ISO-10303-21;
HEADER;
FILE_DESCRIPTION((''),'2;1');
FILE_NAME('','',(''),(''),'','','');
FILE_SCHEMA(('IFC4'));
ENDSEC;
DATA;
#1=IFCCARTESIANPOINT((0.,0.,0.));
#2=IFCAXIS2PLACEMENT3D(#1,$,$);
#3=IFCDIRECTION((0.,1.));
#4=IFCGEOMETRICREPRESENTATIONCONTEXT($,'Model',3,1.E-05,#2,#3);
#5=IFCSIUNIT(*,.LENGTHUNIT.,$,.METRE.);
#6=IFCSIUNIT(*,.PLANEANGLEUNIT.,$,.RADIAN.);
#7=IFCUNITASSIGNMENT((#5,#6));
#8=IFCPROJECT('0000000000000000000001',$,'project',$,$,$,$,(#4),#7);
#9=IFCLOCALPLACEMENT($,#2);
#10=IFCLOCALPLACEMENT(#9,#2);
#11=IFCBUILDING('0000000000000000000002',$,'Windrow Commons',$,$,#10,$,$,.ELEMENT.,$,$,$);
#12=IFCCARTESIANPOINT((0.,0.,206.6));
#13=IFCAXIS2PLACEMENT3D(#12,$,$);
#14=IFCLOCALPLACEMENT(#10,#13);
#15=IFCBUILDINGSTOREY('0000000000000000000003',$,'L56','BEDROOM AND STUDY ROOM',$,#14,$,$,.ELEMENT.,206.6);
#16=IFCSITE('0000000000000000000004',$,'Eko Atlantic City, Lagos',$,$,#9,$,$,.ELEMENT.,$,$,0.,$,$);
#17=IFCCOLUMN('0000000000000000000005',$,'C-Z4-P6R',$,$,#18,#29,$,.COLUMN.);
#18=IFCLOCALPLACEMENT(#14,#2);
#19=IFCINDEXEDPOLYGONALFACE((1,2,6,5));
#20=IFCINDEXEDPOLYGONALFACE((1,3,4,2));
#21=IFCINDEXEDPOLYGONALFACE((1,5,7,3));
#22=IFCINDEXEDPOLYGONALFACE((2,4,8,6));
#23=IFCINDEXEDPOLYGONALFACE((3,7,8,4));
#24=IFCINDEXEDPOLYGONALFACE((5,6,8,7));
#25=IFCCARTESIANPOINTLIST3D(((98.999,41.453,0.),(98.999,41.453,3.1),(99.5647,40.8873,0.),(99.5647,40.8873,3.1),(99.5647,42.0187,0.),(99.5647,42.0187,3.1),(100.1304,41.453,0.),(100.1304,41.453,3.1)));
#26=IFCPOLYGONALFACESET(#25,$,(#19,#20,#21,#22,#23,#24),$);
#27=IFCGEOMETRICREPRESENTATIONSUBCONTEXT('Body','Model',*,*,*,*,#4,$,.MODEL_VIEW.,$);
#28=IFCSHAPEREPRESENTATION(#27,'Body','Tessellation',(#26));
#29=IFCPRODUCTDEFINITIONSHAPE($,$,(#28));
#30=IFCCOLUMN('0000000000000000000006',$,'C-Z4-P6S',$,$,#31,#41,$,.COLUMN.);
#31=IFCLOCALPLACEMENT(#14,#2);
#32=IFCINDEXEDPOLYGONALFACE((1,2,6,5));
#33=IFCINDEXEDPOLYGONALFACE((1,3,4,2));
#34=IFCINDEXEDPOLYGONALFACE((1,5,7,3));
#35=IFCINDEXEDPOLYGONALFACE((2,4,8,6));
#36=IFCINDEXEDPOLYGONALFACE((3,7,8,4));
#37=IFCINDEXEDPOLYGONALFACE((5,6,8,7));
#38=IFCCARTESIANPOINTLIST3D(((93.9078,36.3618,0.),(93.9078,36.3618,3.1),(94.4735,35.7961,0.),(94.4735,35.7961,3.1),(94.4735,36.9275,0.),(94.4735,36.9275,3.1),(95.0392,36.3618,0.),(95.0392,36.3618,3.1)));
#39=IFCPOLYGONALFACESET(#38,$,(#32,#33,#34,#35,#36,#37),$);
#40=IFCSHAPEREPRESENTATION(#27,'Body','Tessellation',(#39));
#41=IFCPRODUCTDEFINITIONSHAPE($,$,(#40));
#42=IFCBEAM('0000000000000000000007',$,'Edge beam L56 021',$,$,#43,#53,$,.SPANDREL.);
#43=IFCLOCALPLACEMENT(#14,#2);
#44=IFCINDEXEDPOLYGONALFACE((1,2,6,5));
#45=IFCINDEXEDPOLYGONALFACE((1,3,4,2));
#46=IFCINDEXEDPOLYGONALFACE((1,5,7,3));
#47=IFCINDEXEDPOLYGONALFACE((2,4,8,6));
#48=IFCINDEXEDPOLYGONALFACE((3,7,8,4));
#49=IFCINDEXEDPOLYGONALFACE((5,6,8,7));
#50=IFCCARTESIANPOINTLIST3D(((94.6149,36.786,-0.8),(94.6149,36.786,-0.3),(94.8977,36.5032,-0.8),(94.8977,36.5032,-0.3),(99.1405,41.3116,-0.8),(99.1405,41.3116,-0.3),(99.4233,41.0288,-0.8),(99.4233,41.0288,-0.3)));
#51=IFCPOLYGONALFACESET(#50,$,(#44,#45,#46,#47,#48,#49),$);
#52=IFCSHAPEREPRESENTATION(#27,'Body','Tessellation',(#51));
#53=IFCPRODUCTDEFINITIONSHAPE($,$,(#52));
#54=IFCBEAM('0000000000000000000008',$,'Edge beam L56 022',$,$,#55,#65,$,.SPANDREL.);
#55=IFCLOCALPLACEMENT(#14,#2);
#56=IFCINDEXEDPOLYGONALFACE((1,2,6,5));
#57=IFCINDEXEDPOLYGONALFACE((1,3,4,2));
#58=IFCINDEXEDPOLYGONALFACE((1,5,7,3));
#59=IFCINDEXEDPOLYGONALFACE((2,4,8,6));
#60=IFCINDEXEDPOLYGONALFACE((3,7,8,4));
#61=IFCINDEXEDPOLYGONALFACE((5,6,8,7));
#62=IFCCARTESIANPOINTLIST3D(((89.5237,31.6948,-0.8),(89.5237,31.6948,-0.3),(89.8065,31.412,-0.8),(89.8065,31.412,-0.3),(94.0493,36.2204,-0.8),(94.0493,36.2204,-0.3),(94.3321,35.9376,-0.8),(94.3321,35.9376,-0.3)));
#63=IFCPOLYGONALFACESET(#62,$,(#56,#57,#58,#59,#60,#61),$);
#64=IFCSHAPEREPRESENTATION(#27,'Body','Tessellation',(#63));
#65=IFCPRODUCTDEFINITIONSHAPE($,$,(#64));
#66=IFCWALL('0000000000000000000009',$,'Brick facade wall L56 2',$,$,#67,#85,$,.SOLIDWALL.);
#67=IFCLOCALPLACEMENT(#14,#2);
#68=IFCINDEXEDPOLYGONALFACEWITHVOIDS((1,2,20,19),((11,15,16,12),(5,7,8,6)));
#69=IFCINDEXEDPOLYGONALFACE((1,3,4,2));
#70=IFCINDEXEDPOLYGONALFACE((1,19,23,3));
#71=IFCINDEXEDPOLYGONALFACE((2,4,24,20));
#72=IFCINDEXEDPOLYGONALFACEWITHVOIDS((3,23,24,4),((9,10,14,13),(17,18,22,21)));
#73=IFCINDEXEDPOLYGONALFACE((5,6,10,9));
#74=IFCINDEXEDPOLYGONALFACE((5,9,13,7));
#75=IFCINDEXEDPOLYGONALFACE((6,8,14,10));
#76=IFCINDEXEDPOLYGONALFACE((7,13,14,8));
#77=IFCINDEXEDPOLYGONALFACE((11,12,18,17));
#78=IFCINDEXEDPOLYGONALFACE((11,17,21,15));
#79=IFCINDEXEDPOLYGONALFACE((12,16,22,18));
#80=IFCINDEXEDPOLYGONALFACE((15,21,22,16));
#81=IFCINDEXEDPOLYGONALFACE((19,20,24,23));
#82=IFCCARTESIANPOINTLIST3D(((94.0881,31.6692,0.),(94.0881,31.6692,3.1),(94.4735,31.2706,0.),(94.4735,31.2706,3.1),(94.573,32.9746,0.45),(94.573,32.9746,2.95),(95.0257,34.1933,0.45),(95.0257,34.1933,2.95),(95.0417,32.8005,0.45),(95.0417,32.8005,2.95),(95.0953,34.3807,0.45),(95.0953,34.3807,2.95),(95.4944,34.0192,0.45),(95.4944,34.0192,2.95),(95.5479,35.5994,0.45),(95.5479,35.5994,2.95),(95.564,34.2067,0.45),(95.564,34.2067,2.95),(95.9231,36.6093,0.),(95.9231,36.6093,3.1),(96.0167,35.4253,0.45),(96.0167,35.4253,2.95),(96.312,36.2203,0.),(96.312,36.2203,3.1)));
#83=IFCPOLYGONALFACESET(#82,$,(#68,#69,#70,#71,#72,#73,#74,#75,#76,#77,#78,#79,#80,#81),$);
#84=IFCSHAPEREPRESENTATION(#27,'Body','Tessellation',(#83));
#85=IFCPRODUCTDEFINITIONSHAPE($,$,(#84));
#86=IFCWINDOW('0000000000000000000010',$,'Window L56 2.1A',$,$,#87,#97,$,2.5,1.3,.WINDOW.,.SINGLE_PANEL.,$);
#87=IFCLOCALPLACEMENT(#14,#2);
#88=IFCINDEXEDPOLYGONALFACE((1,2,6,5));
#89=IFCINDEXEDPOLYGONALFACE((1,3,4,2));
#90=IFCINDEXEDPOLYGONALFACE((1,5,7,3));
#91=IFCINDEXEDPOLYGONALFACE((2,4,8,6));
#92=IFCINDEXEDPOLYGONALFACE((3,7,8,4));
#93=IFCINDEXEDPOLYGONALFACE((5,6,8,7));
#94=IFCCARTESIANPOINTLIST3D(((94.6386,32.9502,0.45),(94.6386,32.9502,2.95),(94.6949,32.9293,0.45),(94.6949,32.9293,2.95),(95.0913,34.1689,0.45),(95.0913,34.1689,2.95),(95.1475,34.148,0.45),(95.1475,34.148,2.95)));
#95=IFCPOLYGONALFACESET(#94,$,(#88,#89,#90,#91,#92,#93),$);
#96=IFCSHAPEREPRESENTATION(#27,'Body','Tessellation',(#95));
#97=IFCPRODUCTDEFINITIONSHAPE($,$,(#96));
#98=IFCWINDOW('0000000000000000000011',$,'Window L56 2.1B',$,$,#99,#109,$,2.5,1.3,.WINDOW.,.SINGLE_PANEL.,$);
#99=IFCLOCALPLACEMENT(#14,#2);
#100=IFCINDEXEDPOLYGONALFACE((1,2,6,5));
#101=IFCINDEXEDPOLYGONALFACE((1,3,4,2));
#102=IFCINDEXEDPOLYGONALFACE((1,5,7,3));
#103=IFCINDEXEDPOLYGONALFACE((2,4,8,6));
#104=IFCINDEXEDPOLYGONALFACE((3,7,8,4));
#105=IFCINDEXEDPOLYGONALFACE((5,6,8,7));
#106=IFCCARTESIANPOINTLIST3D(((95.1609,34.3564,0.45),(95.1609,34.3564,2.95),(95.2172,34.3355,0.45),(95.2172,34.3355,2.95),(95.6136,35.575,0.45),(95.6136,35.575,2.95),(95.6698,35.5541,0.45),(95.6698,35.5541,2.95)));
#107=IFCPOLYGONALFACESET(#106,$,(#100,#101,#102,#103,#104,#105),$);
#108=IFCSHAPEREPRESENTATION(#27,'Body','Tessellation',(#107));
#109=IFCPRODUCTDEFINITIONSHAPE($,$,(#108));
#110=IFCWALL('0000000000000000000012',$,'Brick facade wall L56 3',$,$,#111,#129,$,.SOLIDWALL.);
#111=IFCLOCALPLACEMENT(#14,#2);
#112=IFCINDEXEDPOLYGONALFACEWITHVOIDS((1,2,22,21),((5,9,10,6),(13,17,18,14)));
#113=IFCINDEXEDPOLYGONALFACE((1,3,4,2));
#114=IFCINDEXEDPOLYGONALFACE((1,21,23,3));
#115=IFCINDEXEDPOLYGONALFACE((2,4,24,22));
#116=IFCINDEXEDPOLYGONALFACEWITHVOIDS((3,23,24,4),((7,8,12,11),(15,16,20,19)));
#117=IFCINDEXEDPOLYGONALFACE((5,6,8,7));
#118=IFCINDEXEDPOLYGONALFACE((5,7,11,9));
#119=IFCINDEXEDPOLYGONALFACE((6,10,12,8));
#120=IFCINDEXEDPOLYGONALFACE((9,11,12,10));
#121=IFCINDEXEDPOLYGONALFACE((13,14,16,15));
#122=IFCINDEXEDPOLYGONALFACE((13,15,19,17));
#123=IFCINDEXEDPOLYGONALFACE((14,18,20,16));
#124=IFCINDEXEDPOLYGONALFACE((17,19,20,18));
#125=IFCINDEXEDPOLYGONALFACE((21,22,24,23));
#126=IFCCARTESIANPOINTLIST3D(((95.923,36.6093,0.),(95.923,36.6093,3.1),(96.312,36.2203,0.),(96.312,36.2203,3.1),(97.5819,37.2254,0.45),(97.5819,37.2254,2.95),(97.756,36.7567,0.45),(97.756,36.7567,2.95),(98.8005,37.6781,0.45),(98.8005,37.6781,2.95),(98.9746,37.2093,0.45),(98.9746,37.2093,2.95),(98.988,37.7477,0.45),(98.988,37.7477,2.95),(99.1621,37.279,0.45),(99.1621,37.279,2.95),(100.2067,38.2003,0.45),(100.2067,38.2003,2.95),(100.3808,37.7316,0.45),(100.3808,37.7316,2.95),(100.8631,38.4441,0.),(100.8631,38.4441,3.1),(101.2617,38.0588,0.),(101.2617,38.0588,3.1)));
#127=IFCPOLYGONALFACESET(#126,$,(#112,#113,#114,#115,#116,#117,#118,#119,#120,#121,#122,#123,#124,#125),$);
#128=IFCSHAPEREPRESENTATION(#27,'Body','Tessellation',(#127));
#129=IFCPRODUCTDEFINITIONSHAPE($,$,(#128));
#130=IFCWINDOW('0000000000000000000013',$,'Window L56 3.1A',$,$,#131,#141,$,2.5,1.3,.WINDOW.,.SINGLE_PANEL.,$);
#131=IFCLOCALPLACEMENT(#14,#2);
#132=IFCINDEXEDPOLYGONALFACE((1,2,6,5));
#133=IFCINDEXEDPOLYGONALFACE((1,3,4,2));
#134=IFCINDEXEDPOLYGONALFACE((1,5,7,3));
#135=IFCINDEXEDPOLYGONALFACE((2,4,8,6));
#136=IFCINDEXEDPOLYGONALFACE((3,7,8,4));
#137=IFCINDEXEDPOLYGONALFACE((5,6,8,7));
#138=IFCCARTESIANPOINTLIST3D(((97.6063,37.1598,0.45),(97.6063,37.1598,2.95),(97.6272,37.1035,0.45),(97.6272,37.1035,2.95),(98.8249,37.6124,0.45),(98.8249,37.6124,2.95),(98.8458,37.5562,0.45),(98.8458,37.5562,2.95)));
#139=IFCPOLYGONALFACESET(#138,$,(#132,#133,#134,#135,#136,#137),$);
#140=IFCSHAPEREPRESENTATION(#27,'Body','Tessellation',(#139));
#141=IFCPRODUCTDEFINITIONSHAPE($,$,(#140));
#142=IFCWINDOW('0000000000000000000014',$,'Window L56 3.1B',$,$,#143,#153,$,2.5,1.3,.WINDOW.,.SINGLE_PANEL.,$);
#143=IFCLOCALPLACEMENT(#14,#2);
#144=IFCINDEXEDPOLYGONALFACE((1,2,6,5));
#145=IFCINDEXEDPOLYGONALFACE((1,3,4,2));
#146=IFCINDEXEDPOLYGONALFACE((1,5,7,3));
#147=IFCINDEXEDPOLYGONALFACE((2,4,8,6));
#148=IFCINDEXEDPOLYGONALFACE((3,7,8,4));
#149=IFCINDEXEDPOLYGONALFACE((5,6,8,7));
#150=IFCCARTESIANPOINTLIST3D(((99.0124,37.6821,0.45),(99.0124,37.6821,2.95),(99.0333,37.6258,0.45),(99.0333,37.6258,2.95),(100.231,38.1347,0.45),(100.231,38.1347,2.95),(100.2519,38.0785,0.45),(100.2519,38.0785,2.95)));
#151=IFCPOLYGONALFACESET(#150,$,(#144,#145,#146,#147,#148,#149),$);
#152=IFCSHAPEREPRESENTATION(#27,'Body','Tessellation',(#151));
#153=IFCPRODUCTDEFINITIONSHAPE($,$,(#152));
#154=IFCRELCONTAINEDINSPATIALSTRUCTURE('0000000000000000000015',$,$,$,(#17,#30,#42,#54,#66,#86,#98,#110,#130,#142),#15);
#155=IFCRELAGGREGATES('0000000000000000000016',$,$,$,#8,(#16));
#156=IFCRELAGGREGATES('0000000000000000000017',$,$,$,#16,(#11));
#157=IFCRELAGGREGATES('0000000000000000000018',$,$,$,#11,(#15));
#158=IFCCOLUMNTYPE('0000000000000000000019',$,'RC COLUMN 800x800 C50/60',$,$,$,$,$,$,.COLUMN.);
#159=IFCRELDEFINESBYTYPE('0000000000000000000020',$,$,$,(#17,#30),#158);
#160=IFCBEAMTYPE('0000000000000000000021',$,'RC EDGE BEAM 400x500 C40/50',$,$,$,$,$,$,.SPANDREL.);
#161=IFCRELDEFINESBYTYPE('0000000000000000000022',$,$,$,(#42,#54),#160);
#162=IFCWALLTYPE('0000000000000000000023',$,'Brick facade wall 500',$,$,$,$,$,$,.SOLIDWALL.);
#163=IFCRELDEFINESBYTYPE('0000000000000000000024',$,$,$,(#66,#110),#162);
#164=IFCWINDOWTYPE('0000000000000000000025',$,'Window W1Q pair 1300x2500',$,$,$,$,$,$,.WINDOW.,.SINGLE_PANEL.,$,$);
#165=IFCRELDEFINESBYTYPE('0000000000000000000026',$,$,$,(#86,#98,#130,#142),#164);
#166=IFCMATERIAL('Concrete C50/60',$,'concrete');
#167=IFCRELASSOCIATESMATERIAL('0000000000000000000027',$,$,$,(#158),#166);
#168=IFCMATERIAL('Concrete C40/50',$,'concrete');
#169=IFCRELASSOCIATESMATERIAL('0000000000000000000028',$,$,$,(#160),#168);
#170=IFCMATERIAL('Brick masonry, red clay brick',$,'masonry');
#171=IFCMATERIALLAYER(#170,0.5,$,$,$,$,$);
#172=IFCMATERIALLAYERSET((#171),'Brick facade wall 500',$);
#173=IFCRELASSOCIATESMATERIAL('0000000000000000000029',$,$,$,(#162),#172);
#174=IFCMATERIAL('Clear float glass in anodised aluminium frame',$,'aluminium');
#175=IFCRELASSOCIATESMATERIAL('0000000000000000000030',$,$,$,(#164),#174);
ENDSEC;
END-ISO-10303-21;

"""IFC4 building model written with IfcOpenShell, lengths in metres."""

from ifc_helpers import new_model, si_unit, direction, frame, frame_2d, origin, origin_2d, place, context, subcontext, project, spatial, polyline, rectangle, outline, extrude, material, layer, layer_set, material_profile, profile_set, type_object, element, fill, save


model = new_model("IFC4")

# Units and contexts
model_context = context("Model", 3, precision=1e-05, world=origin(), true_north=direction((0.0, 1.0)))
body_context = subcontext(model_context, "Body", "Model", "MODEL_VIEW")
ifc_project = project(units=[si_unit("LENGTHUNIT", "METRE"), si_unit("PLANEANGLEUNIT", "RADIAN")], contexts=[model_context])

# Site, building, storey
site_placement = place(None, origin())
site = spatial("IfcSite", under=ifc_project, at=site_placement, Name="Eko Atlantic City, Lagos", CompositionType="ELEMENT", RefElevation=0.0)
building_placement = place(site_placement, origin())
building = spatial("IfcBuilding", under=site, at=building_placement, Name="Windrow Commons", CompositionType="ELEMENT")
storey_placement = place(building_placement, frame((0.0, 0.0, 206.6)))
storey = spatial("IfcBuildingStorey", under=building, at=storey_placement, Name="L56", Description="BEDROOM AND STUDY ROOM", CompositionType="ELEMENT", Elevation=206.6)

# Columns
ifc_material_1 = material(Name="Concrete C50/60", Category="concrete")
ifc_material_profile_1 = material_profile(ifc_material_1, rectangle(XDim=0.8, YDim=0.8, at=origin_2d()))
ifc_profile_set_1 = profile_set([ifc_material_profile_1], Name="Concrete C50/60")
column_type = type_object("IfcColumnType", Name="RC COLUMN 800x800 C50/60", PredefinedType="COLUMN", material=ifc_profile_set_1)
for number, where, z_axis, x_axis, name in (
    (1, (99.5647, 41.453, 0.0), (0.0, 0.0, 1.0), (0.707107, -0.707107, 0.0), "C-Z4-P6R"),
    (2, (94.4735, 36.3618, 0.0), (0.0, 0.0, 1.0), (0.707107, -0.707107, 0.0), "C-Z4-P6S"),
):
    element("IfcColumn", number, at=place(storey_placement, frame(where, z_axis=z_axis, x_axis=x_axis)), inside=storey, type_object=column_type, Name=name, PredefinedType="COLUMN", context=body_context, shape_type="SweptSolid", body=[
        extrude(rectangle(XDim=0.8, YDim=0.8, at=origin_2d()), origin(), (0.0, 0.0, 1.0), 3.1),
    ])

# Beams
ifc_material_2 = material(Name="Concrete C40/50", Category="concrete")
ifc_material_profile_2 = material_profile(ifc_material_2, rectangle(XDim=0.4, YDim=0.5, at=origin_2d()))
ifc_profile_set_2 = profile_set([ifc_material_profile_2], Name="Concrete C40/50")
beam_type = type_object("IfcBeamType", Name="RC EDGE BEAM 400x500 C40/50", PredefinedType="SPANDREL", material=ifc_profile_set_2)
for number, where, z_axis, x_axis, name in (
    (3, (99.2819, 41.1702, -0.55), (-0.707107, -0.707107, 0.0), (0.707107, -0.707107, 0.0), "Edge beam L56 021"),
    (4, (94.1907, 36.079, -0.55), (-0.707107, -0.707107, 0.0), (0.707107, -0.707107, 0.0), "Edge beam L56 022"),
):
    element("IfcBeam", number, at=place(storey_placement, frame(where, z_axis=z_axis, x_axis=x_axis)), inside=storey, type_object=beam_type, Name=name, PredefinedType="SPANDREL", context=body_context, shape_type="SweptSolid", body=[
        extrude(rectangle(XDim=0.4, YDim=0.5, at=origin_2d()), origin(), (0.0, 0.0, 1.0), 6.4002),
    ])

# Walls, openings, windows
ifc_material_3 = material(Name="Brick masonry, red clay brick", Category="masonry")
ifc_layer_1 = layer(ifc_material_3, 0.5)
ifc_layer_set_1 = layer_set([ifc_layer_1], Name="Brick facade wall 500")
wall_type_1 = type_object("IfcWallType", Name="Brick facade wall 500", PredefinedType="SOLIDWALL", material=ifc_layer_set_1)
wall_1_placement = place(storey_placement, frame((94.2808, 31.4699, 0.0), z_axis=(0.0, 0.0, 1.0), x_axis=(0.34819, 0.937424, 0.0)))
wall_1 = element("IfcWall", 5, at=wall_1_placement, inside=storey, type_object=wall_type_1, Name="Brick facade wall L56 2", PredefinedType="SOLIDWALL", context=body_context, shape_type="SweptSolid", body=[
    extrude(outline(polyline([(-0.1197, -0.25), (5.1604, -0.25), (5.3896, 0.25), (0.1197, 0.25), (-0.1197, -0.25)])), origin(), (0.0, 0.0, 1.0), 3.1),
])
opening_1_placement = place(wall_1_placement, frame((1.5123, 0.0, 0.45)))
opening_1 = element("IfcOpeningElement", 6, at=opening_1_placement, cuts=wall_1, PredefinedType="OPENING", context=body_context, shape_type="SweptSolid", body=[
    extrude(rectangle(XDim=1.3, YDim=2.5, at=frame_2d((0.65, 1.25))), frame((0.0, 0.26, 0.0), z_axis=(0.0, -1.0, 0.0), x_axis=(1.0, 0.0, 0.0)), (0.0, 0.0, 1.0), 0.52),
])
opening_2_placement = place(wall_1_placement, frame((3.0123, 0.0, 0.45)))
opening_2 = element("IfcOpeningElement", 7, at=opening_2_placement, cuts=wall_1, PredefinedType="OPENING", context=body_context, shape_type="SweptSolid", body=[
    extrude(rectangle(XDim=1.3, YDim=2.5, at=frame_2d((0.65, 1.25))), frame((0.0, 0.26, 0.0), z_axis=(0.0, -1.0, 0.0), x_axis=(1.0, 0.0, 0.0)), (0.0, 0.0, 1.0), 0.52),
])
ifc_material_4 = material(Name="Clear float glass in anodised aluminium frame", Category="aluminium")
window_type = type_object("IfcWindowType", Name="Window W1Q pair 1300x2500", PartitioningType="SINGLE_PANEL", PredefinedType="WINDOW", material=ifc_material_4)
window_1_placement = place(opening_1_placement, origin())
window_1 = element("IfcWindow", 8, at=window_1_placement, inside=storey, type_object=window_type, Name="Window L56 2.1A", OverallHeight=2.5, OverallWidth=1.3, PartitioningType="SINGLE_PANEL", PredefinedType="WINDOW", context=body_context, shape_type="SweptSolid", body=[
    extrude(rectangle(XDim=1.3, YDim=2.5, at=frame_2d((0.65, 1.25))), frame((0.0, 0.18, 0.0), z_axis=(0.0, -1.0, 0.0), x_axis=(1.0, 0.0, 0.0)), (0.0, 0.0, 1.0), 0.06),
])
fill(opening_1, window_1)
window_2_placement = place(opening_2_placement, origin())
window_2 = element("IfcWindow", 9, at=window_2_placement, inside=storey, type_object=window_type, Name="Window L56 2.1B", OverallHeight=2.5, OverallWidth=1.3, PartitioningType="SINGLE_PANEL", PredefinedType="WINDOW", context=body_context, shape_type="SweptSolid", body=[
    extrude(rectangle(XDim=1.3, YDim=2.5, at=frame_2d((0.65, 1.25))), frame((0.0, 0.18, 0.0), z_axis=(0.0, -1.0, 0.0), x_axis=(1.0, 0.0, 0.0)), (0.0, 0.0, 1.0), 0.06),
])
fill(opening_2, window_2)
wall_2_placement = place(storey_placement, frame((96.1175, 36.4148, 0.0), z_axis=(0.0, 0.0, 1.0), x_axis=(0.937424, 0.34819, 0.0)))
wall_2 = element("IfcWall", 10, at=wall_2_placement, inside=storey, type_object=wall_type_1, Name="Brick facade wall L56 3", PredefinedType="SOLIDWALL", context=body_context, shape_type="SweptSolid", body=[
    extrude(outline(polyline([(0.1146, -0.25), (5.3947, -0.25), (5.1552, 0.25), (-0.1146, 0.25), (0.1146, -0.25)])), origin(), (0.0, 0.0, 1.0), 3.1),
])
opening_3_placement = place(wall_2_placement, frame((1.655, 0.0, 0.45)))
opening_3 = element("IfcOpeningElement", 11, at=opening_3_placement, cuts=wall_2, PredefinedType="OPENING", context=body_context, shape_type="SweptSolid", body=[
    extrude(rectangle(XDim=1.3, YDim=2.5, at=frame_2d((0.65, 1.25))), frame((0.0, 0.26, 0.0), z_axis=(0.0, -1.0, 0.0), x_axis=(1.0, 0.0, 0.0)), (0.0, 0.0, 1.0), 0.52),
])
opening_4_placement = place(wall_2_placement, frame((3.155, 0.0, 0.45)))
opening_4 = element("IfcOpeningElement", 12, at=opening_4_placement, cuts=wall_2, PredefinedType="OPENING", context=body_context, shape_type="SweptSolid", body=[
    extrude(rectangle(XDim=1.3, YDim=2.5, at=frame_2d((0.65, 1.25))), frame((0.0, 0.26, 0.0), z_axis=(0.0, -1.0, 0.0), x_axis=(1.0, 0.0, 0.0)), (0.0, 0.0, 1.0), 0.52),
])
window_3_placement = place(opening_3_placement, origin())
window_3 = element("IfcWindow", 13, at=window_3_placement, inside=storey, type_object=window_type, Name="Window L56 3.1A", OverallHeight=2.5, OverallWidth=1.3, PartitioningType="SINGLE_PANEL", PredefinedType="WINDOW", context=body_context, shape_type="SweptSolid", body=[
    extrude(rectangle(XDim=1.3, YDim=2.5, at=frame_2d((0.65, 1.25))), frame((0.0, 0.18, 0.0), z_axis=(0.0, -1.0, 0.0), x_axis=(1.0, 0.0, 0.0)), (0.0, 0.0, 1.0), 0.06),
])
fill(opening_3, window_3)
window_4_placement = place(opening_4_placement, origin())
window_4 = element("IfcWindow", 14, at=window_4_placement, inside=storey, type_object=window_type, Name="Window L56 3.1B", OverallHeight=2.5, OverallWidth=1.3, PartitioningType="SINGLE_PANEL", PredefinedType="WINDOW", context=body_context, shape_type="SweptSolid", body=[
    extrude(rectangle(XDim=1.3, YDim=2.5, at=frame_2d((0.65, 1.25))), frame((0.0, 0.18, 0.0), z_axis=(0.0, -1.0, 0.0), x_axis=(1.0, 0.0, 0.0)), (0.0, 0.0, 1.0), 0.06),
])
fill(opening_4, window_4)

save(model, "model.ifc")
